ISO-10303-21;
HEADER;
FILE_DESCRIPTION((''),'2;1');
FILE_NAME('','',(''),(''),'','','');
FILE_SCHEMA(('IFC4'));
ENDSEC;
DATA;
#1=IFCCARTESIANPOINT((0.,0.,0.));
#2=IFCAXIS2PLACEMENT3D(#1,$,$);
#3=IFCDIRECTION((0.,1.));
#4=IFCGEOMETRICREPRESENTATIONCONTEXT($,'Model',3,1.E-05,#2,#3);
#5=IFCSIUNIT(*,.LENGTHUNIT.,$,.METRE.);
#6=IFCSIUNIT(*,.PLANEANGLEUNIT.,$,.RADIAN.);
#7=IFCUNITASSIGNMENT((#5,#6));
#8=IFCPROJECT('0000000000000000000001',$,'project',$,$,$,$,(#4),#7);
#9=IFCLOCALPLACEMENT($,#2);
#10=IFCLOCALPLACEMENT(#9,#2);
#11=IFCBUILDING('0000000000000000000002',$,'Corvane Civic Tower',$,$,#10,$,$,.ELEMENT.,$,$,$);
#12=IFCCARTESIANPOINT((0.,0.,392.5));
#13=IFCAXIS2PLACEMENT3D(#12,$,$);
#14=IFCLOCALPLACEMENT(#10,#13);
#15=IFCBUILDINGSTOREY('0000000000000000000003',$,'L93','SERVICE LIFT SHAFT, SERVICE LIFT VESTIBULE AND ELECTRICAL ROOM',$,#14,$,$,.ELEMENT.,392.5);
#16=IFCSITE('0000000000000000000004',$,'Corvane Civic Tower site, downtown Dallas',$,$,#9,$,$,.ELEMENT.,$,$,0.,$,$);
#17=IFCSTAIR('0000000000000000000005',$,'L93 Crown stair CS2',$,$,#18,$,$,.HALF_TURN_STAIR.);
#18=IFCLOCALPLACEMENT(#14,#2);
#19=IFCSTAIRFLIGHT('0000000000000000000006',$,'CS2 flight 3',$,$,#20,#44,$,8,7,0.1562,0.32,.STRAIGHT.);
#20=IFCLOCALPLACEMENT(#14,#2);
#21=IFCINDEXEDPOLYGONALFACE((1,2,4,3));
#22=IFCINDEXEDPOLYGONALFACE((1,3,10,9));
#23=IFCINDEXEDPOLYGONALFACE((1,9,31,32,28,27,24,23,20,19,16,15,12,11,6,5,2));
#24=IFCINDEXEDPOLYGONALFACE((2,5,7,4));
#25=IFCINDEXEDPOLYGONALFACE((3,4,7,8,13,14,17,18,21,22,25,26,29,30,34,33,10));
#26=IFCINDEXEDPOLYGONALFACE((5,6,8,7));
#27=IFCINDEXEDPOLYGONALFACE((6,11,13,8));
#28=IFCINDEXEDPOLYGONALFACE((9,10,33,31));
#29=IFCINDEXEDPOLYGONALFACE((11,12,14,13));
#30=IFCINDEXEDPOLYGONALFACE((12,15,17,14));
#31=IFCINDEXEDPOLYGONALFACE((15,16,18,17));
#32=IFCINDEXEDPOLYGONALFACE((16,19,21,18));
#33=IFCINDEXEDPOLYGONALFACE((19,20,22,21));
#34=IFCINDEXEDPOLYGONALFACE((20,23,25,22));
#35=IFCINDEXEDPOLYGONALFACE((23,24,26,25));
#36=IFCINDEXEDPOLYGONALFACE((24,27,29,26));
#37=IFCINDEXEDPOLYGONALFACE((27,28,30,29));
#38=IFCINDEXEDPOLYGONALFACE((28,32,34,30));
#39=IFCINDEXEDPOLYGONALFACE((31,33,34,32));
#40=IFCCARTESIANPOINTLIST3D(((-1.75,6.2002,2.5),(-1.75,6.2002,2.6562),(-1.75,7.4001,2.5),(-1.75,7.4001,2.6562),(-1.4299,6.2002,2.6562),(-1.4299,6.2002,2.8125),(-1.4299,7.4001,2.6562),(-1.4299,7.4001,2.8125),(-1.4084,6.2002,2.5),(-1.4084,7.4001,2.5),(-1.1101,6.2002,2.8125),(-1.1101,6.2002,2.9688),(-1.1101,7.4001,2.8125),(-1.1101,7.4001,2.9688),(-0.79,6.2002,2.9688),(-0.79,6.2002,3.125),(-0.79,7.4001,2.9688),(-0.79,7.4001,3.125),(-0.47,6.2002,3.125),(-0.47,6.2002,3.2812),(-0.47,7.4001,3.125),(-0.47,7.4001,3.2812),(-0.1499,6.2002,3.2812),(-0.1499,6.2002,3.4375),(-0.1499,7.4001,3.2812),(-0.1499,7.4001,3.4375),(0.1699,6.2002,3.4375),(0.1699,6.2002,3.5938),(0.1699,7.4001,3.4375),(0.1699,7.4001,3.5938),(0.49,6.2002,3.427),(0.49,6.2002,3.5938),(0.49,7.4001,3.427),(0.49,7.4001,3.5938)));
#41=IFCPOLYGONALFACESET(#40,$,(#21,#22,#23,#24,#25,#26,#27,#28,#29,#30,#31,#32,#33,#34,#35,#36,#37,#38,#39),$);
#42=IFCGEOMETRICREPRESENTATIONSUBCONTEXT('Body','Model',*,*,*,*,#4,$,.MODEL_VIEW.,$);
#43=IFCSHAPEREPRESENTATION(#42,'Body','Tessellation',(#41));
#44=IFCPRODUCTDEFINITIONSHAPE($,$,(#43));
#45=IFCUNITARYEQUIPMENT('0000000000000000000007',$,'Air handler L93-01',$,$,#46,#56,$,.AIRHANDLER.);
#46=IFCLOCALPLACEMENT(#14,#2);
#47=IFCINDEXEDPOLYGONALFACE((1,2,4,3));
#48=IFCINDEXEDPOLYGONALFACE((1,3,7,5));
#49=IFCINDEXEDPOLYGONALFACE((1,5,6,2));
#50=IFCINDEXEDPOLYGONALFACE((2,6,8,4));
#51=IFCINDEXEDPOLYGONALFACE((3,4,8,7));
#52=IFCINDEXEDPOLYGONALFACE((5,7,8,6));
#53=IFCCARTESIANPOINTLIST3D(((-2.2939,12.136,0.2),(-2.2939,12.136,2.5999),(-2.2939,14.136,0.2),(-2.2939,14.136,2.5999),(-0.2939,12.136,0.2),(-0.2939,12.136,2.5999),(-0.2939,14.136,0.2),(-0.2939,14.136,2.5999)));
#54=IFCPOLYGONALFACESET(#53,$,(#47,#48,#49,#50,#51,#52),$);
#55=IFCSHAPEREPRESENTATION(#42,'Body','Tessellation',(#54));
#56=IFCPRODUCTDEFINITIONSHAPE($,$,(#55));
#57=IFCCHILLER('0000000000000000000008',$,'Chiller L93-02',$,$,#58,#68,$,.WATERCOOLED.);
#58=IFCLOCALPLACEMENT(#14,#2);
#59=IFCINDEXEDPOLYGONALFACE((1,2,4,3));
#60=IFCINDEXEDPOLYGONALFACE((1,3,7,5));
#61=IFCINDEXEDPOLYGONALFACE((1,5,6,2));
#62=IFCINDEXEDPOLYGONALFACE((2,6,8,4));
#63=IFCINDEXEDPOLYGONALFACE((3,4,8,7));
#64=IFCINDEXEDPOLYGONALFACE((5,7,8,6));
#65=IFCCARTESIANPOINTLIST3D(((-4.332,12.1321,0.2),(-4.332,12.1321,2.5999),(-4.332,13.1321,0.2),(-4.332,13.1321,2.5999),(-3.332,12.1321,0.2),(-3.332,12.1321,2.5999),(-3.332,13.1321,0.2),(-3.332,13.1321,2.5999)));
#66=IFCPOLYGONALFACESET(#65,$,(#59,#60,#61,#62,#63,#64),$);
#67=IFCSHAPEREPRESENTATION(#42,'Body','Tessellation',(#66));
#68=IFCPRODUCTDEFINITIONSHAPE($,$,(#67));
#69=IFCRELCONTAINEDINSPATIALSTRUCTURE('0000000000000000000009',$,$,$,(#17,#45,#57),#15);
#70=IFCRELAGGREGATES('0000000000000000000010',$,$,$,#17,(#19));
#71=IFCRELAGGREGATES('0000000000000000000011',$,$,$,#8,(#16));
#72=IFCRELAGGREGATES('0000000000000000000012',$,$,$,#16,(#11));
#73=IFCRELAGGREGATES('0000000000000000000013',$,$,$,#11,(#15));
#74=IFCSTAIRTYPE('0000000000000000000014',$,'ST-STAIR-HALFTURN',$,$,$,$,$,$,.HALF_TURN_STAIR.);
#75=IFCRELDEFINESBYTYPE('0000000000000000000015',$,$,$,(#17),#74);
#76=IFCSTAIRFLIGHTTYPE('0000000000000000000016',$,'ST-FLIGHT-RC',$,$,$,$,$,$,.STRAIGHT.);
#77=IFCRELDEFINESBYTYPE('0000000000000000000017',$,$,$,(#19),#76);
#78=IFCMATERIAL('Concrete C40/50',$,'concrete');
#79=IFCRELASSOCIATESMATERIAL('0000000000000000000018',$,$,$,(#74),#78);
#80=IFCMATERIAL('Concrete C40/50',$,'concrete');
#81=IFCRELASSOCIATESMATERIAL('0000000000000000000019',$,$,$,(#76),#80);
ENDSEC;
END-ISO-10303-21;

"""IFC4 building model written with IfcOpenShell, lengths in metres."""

from ifc_helpers import new_model, si_unit, direction, frame, origin, origin_2d, place, context, subcontext, project, spatial, polyline, rectangle, outline, extrude, material, type_object, element, aggregate, save


model = new_model("IFC4")

# Units and contexts
model_context = context("Model", 3, precision=1e-05, world=origin(), true_north=direction((0.0, 1.0)))
body_context = subcontext(model_context, "Body", "Model", "MODEL_VIEW")
ifc_project = project(units=[si_unit("LENGTHUNIT", "METRE"), si_unit("PLANEANGLEUNIT", "RADIAN")], contexts=[model_context])

# Site, building, storey
site_placement = place(None, origin())
site = spatial("IfcSite", under=ifc_project, at=site_placement, Name="Corvane Civic Tower site, downtown Dallas", CompositionType="ELEMENT", RefElevation=0.0)
building_placement = place(site_placement, origin())
building = spatial("IfcBuilding", under=site, at=building_placement, Name="Corvane Civic Tower", CompositionType="ELEMENT")
storey_placement = place(building_placement, frame((0.0, 0.0, 392.5)))
storey = spatial("IfcBuildingStorey", under=building, at=storey_placement, Name="L93", Description="SERVICE LIFT SHAFT, SERVICE LIFT VESTIBULE AND ELECTRICAL ROOM", CompositionType="ELEMENT", Elevation=392.5)

# Stair, stair flight
ifc_material_1 = material(Name="Concrete C40/50", Category="concrete")
stair_type = type_object("IfcStairType", Name="ST-STAIR-HALFTURN", PredefinedType="HALF_TURN_STAIR", material=ifc_material_1)
stair_placement = place(storey_placement, origin())
stair = element("IfcStair", 1, at=stair_placement, inside=storey, type_object=stair_type, Name="L93 Crown stair CS2", PredefinedType="HALF_TURN_STAIR")
ifc_material_2 = material(Name="Concrete C40/50", Category="concrete")
stair_flight_type = type_object("IfcStairFlightType", Name="ST-FLIGHT-RC", PredefinedType="STRAIGHT", material=ifc_material_2)
stair_flight_1_placement = place(storey_placement, frame((-1.75, 6.8, 2.5), z_axis=(0.0, 0.0, 1.0), x_axis=(1.0, 0.0, 0.0)))
stair_flight_1 = element("IfcStairFlight", 2, at=stair_flight_1_placement, type_object=stair_flight_type, Name="CS2 flight 3", NumberOfRisers=8, NumberOfTreads=7, PredefinedType="STRAIGHT", RiserHeight=0.1562, TreadLength=0.32, context=body_context, shape_type="SweptSolid", body=[
    extrude(outline(polyline([(0.0, 0.0), (0.0, 0.1562), (0.3201, 0.1562), (0.3201, 0.3125), (0.6399, 0.3125), (0.6399, 0.4688), (0.96, 0.4688), (0.96, 0.625), (1.28, 0.625), (1.28, 0.7812), (1.6001, 0.7812), (1.6001, 0.9375), (1.9199, 0.9375), (1.9199, 1.0938), (2.24, 1.0938), (2.24, 1.25), (2.24, 0.927), (0.3416, 0.0), (0.0, 0.0)])), frame((0.0, 0.6001, 0.0), z_axis=(0.0, -1.0, 0.0), x_axis=(1.0, 0.0, 0.0)), (0.0, 0.0, 1.0), 1.2),
])
aggregate(stair, [stair_flight_1])

# Unitary equipment
unitary_equipment_placement = place(storey_placement, frame((-1.2939, 13.136, 0.2), z_axis=(0.0, 0.0, 1.0), x_axis=(1.0, 0.0, 0.0)))
element("IfcUnitaryEquipment", 3, at=unitary_equipment_placement, inside=storey, Name="Air handler L93-01", PredefinedType="AIRHANDLER", context=body_context, shape_type="SweptSolid", body=[
    extrude(rectangle(XDim=2.0, YDim=2.0, at=origin_2d()), origin(), (0.0, 0.0, 1.0), 2.3999),
])

# Chiller
chiller_placement = place(storey_placement, frame((-3.832, 12.6321, 0.2), z_axis=(0.0, 0.0, 1.0), x_axis=(1.0, 0.0, 0.0)))
element("IfcChiller", 4, at=chiller_placement, inside=storey, Name="Chiller L93-02", PredefinedType="WATERCOOLED", context=body_context, shape_type="SweptSolid", body=[
    extrude(rectangle(XDim=1.0, YDim=1.0, at=origin_2d()), origin(), (0.0, 0.0, 1.0), 2.3999),
])

save(model, "model.ifc")
